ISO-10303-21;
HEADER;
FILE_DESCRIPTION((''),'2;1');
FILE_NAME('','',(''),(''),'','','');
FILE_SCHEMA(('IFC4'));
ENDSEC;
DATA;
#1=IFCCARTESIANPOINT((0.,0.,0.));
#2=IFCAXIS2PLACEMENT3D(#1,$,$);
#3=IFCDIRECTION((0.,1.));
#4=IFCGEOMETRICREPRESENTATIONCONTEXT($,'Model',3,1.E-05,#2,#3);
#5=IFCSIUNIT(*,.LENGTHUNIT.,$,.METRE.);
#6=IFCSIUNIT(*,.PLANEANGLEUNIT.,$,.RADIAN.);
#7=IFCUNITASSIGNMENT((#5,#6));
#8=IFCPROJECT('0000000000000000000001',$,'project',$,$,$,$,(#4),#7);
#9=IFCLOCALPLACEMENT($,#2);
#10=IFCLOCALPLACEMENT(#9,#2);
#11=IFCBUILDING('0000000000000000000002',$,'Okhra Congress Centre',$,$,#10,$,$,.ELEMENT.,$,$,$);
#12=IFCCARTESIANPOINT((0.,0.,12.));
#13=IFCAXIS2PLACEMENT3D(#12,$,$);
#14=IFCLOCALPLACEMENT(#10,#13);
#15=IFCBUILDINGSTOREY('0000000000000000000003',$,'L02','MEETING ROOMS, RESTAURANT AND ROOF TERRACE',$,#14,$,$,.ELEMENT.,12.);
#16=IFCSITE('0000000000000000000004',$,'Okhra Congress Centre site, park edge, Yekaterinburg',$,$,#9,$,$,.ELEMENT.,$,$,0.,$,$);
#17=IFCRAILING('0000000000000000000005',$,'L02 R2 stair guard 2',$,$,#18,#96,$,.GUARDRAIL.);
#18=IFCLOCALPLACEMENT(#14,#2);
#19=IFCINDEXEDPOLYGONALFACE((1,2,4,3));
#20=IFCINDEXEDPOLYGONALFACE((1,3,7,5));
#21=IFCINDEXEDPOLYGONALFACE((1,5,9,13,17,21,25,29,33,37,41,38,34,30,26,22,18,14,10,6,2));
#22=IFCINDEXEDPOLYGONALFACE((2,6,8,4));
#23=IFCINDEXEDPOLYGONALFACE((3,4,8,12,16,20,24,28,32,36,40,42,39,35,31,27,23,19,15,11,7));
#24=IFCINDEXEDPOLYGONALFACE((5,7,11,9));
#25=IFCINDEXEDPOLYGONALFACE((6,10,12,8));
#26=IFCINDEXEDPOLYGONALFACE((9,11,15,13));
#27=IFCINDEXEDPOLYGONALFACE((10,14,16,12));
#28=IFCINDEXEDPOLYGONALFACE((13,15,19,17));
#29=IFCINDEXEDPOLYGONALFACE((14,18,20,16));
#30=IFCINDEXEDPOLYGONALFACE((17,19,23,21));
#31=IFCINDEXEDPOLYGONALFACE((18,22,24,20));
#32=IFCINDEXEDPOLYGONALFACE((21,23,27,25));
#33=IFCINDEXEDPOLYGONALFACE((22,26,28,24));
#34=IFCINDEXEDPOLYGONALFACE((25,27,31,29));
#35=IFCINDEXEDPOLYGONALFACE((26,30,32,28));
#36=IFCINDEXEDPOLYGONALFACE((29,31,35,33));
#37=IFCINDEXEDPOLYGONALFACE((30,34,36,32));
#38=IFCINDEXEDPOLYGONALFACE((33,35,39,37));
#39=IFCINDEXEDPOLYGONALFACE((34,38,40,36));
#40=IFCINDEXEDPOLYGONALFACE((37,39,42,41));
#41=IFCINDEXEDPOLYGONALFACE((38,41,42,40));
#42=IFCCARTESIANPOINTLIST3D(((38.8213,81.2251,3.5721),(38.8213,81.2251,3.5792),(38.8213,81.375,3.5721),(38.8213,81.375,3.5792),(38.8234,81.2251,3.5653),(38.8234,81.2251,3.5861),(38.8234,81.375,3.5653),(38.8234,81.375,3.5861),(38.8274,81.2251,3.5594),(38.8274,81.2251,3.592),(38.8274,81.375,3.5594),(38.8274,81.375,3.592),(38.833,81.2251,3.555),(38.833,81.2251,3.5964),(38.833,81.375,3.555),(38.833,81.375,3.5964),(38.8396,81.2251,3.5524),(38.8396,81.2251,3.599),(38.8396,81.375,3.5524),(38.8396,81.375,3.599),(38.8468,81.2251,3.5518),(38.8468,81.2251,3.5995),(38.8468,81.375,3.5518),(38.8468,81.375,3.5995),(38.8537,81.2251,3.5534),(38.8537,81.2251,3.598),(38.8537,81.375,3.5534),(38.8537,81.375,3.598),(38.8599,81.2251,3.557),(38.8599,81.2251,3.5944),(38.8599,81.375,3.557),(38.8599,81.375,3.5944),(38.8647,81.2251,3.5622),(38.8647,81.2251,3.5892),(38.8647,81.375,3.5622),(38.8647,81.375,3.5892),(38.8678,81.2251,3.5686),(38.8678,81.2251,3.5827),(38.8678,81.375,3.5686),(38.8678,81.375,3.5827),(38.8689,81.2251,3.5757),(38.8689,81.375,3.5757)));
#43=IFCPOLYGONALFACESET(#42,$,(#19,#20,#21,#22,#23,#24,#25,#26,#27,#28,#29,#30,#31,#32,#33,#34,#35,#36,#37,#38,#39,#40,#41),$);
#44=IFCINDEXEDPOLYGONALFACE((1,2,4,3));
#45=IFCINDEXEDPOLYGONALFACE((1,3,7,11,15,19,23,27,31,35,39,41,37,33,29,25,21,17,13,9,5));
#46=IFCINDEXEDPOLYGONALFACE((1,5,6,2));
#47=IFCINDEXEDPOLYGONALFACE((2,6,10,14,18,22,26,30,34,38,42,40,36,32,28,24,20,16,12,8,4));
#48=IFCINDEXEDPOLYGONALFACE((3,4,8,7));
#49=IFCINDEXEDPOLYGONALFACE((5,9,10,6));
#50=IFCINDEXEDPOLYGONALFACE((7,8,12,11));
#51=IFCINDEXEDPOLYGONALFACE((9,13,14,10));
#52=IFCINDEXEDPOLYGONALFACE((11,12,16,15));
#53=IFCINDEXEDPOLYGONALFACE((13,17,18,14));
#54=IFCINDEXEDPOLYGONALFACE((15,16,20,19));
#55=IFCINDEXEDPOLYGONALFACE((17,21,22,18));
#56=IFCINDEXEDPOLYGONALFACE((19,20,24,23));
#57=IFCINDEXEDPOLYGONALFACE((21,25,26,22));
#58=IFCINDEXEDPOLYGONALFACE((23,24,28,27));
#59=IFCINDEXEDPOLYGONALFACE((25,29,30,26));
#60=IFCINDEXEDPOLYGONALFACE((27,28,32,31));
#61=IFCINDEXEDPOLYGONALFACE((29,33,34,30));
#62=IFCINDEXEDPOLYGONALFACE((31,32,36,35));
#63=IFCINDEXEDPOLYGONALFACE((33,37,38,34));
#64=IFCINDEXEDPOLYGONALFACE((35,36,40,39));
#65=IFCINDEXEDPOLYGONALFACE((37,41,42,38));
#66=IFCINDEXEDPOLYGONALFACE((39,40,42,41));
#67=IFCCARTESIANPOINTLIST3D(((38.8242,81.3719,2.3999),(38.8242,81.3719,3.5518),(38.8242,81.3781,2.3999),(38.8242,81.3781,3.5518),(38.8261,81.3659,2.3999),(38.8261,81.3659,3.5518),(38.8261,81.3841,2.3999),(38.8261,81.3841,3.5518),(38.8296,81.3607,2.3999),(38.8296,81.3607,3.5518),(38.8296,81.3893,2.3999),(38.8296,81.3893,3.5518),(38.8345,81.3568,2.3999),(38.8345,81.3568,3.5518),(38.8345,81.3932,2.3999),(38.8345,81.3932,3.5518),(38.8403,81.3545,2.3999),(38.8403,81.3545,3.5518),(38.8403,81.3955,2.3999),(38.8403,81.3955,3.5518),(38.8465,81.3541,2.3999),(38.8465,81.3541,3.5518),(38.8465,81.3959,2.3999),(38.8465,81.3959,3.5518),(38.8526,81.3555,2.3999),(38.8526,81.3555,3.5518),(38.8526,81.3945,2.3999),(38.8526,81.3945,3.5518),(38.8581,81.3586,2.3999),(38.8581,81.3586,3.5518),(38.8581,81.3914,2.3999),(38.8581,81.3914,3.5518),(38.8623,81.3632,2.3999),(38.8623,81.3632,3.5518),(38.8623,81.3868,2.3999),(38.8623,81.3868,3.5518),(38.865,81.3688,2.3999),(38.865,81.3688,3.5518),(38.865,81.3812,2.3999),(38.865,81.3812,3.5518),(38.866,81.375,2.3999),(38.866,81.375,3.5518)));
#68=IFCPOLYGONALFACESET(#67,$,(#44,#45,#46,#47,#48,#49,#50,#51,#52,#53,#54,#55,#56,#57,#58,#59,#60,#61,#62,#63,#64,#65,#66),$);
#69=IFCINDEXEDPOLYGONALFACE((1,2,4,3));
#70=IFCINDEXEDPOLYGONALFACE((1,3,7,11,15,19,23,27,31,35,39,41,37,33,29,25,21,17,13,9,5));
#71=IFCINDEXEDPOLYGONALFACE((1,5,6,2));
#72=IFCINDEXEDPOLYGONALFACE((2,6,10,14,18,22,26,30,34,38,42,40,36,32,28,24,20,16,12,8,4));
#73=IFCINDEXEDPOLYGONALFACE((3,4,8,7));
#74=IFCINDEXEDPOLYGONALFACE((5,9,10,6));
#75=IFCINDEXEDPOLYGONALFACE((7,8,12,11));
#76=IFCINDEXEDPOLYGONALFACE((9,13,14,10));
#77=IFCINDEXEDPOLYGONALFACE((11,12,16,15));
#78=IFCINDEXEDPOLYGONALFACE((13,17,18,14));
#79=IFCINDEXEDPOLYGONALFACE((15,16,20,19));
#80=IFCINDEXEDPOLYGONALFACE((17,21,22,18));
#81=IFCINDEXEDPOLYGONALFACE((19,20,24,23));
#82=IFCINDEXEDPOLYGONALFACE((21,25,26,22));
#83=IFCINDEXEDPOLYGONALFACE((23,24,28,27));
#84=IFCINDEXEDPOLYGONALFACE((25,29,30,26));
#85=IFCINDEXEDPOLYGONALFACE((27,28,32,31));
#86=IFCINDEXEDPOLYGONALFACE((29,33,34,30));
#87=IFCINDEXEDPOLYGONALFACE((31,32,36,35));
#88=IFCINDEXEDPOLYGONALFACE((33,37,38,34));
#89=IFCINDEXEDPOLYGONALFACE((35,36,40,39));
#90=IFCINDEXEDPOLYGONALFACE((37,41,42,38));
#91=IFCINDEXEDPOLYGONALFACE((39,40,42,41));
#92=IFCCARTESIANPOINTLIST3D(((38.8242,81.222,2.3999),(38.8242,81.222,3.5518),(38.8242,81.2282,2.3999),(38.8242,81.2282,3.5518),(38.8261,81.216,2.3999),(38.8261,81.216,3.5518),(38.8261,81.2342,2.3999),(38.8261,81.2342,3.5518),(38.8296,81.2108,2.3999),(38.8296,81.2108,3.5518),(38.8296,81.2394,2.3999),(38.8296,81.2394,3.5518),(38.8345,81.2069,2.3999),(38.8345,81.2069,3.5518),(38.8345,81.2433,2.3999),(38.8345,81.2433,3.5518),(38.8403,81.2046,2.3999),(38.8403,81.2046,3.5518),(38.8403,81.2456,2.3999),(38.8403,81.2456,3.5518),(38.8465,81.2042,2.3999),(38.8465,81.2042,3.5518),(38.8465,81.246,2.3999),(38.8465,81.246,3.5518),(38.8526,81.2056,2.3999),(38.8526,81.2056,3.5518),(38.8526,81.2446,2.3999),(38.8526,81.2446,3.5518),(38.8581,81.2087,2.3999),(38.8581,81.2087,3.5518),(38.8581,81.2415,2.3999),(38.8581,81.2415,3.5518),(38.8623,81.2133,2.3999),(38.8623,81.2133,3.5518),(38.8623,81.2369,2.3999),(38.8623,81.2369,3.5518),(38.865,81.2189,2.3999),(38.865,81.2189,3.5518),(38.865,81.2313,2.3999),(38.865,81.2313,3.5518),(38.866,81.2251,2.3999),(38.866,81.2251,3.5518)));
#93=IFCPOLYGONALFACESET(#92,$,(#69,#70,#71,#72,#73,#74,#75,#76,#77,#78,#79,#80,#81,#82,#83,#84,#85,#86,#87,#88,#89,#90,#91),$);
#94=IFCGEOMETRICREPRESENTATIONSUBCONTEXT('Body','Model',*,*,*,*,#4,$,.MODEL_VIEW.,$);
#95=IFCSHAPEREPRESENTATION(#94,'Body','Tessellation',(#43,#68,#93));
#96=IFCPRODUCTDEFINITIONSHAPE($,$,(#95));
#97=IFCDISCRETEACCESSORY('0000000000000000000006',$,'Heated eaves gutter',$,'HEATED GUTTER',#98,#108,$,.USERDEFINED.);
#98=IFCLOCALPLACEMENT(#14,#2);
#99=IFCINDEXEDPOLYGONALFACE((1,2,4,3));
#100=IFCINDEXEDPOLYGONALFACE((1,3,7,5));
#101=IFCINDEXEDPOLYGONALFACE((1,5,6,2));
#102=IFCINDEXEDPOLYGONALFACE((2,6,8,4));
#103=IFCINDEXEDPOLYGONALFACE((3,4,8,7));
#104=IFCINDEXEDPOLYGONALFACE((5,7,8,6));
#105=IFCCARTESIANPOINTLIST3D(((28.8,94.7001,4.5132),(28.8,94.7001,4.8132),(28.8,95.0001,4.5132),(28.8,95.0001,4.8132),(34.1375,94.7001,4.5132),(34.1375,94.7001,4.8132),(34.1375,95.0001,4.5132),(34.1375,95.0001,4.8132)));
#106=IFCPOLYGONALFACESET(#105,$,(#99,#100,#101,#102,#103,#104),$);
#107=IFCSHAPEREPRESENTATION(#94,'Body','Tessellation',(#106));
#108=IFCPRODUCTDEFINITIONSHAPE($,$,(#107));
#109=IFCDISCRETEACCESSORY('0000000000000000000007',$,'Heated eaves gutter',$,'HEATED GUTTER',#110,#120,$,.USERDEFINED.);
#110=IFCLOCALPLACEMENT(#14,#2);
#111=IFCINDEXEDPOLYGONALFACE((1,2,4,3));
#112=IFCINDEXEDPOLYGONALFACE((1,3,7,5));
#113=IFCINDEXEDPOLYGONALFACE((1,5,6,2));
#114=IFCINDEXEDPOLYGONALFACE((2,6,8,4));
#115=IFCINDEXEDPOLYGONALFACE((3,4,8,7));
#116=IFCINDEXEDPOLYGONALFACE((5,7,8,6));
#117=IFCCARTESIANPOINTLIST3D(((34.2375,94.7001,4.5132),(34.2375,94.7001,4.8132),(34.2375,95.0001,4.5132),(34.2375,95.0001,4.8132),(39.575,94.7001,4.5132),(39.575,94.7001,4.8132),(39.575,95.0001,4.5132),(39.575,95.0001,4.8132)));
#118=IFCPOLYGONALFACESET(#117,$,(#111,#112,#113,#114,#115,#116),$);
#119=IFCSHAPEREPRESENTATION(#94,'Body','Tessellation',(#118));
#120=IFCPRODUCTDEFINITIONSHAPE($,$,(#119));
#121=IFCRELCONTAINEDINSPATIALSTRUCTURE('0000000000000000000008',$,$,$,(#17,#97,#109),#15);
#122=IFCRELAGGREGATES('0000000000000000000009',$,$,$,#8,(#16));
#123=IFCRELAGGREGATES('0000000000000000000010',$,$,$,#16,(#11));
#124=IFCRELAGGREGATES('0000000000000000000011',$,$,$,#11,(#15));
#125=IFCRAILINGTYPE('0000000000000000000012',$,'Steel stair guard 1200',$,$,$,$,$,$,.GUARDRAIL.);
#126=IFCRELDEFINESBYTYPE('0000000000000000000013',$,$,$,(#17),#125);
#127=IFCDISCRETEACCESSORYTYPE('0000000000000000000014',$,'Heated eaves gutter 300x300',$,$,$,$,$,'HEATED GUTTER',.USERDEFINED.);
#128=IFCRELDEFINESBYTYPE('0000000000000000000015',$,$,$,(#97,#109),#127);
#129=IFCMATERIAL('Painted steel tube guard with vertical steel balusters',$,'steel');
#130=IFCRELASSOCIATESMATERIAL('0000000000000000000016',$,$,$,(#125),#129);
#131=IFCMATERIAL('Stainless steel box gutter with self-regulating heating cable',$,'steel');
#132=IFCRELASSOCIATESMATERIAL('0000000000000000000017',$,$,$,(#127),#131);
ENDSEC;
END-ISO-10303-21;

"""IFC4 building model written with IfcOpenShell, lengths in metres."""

from ifc_helpers import new_model, si_unit, direction, frame, origin, origin_2d, place, context, subcontext, project, spatial, rectangle, circle, extrude, material, type_object, element, save


model = new_model("IFC4")

# Units and contexts
model_context = context("Model", 3, precision=1e-05, world=origin(), true_north=direction((0.0, 1.0)))
body_context = subcontext(model_context, "Body", "Model", "MODEL_VIEW")
ifc_project = project(units=[si_unit("LENGTHUNIT", "METRE"), si_unit("PLANEANGLEUNIT", "RADIAN")], contexts=[model_context])

# Site, building, storey
site_placement = place(None, origin())
site = spatial("IfcSite", under=ifc_project, at=site_placement, Name="Okhra Congress Centre site, park edge, Yekaterinburg", CompositionType="ELEMENT", RefElevation=0.0)
building_placement = place(site_placement, origin())
building = spatial("IfcBuilding", under=site, at=building_placement, Name="Okhra Congress Centre", CompositionType="ELEMENT")
storey_placement = place(building_placement, frame((0.0, 0.0, 12.0)))
storey = spatial("IfcBuildingStorey", under=building, at=storey_placement, Name="L02", Description="MEETING ROOMS, RESTAURANT AND ROOF TERRACE", CompositionType="ELEMENT", Elevation=12.0)

# Railing
ifc_material_1 = material(Name="Painted steel tube guard with vertical steel balusters", Category="steel")
railing_type_1 = type_object("IfcRailingType", Name="Steel stair guard 1200", PredefinedType="GUARDRAIL", material=ifc_material_1)
railing_1_placement = place(storey_placement, frame((38.845, 81.375, 2.3999)))
element("IfcRailing", 1, at=railing_1_placement, inside=storey, type_object=railing_type_1, Name="L02 R2 stair guard 2", PredefinedType="GUARDRAIL", context=body_context, shape_type="SweptSolid", body=[
    extrude(circle(Radius=0.0239, at=origin_2d()), frame((0.0, 0.0, 1.1758), z_axis=(0.0, -1.0, 0.0), x_axis=(1.0, 0.0, 0.0)), (0.0, 0.0, 1.0), 0.1499),
    extrude(circle(Radius=0.021, at=origin_2d()), origin(), (0.0, 0.0, 1.0), 1.1519),
    extrude(circle(Radius=0.021, at=origin_2d()), frame((0.0, -0.1499, 0.0)), (0.0, 0.0, 1.0), 1.1519),
])

# Discrete accessories
ifc_material_2 = material(Name="Stainless steel box gutter with self-regulating heating cable", Category="steel")
discrete_accessory_type = type_object("IfcDiscreteAccessoryType", Name="Heated eaves gutter 300x300", ElementType="HEATED GUTTER", PredefinedType="USERDEFINED", material=ifc_material_2)
for number, where, z_axis, x_axis, name in (
    (2, (31.4688, 94.8501, 4.5132), (0.0, 0.0, 1.0), (1.0, 0.0, 0.0), "Heated eaves gutter"),
    (3, (36.9062, 94.8501, 4.5132), (0.0, 0.0, 1.0), (1.0, 0.0, 0.0), "Heated eaves gutter"),
):
    element("IfcDiscreteAccessory", number, at=place(storey_placement, frame(where, z_axis=z_axis, x_axis=x_axis)), inside=storey, type_object=discrete_accessory_type, Name=name, ObjectType="HEATED GUTTER", PredefinedType="USERDEFINED", context=body_context, shape_type="SweptSolid", body=[
        extrude(rectangle(XDim=5.3374, YDim=0.3, at=origin_2d()), origin(), (0.0, 0.0, 1.0), 0.3),
    ])

save(model, "model.ifc")
